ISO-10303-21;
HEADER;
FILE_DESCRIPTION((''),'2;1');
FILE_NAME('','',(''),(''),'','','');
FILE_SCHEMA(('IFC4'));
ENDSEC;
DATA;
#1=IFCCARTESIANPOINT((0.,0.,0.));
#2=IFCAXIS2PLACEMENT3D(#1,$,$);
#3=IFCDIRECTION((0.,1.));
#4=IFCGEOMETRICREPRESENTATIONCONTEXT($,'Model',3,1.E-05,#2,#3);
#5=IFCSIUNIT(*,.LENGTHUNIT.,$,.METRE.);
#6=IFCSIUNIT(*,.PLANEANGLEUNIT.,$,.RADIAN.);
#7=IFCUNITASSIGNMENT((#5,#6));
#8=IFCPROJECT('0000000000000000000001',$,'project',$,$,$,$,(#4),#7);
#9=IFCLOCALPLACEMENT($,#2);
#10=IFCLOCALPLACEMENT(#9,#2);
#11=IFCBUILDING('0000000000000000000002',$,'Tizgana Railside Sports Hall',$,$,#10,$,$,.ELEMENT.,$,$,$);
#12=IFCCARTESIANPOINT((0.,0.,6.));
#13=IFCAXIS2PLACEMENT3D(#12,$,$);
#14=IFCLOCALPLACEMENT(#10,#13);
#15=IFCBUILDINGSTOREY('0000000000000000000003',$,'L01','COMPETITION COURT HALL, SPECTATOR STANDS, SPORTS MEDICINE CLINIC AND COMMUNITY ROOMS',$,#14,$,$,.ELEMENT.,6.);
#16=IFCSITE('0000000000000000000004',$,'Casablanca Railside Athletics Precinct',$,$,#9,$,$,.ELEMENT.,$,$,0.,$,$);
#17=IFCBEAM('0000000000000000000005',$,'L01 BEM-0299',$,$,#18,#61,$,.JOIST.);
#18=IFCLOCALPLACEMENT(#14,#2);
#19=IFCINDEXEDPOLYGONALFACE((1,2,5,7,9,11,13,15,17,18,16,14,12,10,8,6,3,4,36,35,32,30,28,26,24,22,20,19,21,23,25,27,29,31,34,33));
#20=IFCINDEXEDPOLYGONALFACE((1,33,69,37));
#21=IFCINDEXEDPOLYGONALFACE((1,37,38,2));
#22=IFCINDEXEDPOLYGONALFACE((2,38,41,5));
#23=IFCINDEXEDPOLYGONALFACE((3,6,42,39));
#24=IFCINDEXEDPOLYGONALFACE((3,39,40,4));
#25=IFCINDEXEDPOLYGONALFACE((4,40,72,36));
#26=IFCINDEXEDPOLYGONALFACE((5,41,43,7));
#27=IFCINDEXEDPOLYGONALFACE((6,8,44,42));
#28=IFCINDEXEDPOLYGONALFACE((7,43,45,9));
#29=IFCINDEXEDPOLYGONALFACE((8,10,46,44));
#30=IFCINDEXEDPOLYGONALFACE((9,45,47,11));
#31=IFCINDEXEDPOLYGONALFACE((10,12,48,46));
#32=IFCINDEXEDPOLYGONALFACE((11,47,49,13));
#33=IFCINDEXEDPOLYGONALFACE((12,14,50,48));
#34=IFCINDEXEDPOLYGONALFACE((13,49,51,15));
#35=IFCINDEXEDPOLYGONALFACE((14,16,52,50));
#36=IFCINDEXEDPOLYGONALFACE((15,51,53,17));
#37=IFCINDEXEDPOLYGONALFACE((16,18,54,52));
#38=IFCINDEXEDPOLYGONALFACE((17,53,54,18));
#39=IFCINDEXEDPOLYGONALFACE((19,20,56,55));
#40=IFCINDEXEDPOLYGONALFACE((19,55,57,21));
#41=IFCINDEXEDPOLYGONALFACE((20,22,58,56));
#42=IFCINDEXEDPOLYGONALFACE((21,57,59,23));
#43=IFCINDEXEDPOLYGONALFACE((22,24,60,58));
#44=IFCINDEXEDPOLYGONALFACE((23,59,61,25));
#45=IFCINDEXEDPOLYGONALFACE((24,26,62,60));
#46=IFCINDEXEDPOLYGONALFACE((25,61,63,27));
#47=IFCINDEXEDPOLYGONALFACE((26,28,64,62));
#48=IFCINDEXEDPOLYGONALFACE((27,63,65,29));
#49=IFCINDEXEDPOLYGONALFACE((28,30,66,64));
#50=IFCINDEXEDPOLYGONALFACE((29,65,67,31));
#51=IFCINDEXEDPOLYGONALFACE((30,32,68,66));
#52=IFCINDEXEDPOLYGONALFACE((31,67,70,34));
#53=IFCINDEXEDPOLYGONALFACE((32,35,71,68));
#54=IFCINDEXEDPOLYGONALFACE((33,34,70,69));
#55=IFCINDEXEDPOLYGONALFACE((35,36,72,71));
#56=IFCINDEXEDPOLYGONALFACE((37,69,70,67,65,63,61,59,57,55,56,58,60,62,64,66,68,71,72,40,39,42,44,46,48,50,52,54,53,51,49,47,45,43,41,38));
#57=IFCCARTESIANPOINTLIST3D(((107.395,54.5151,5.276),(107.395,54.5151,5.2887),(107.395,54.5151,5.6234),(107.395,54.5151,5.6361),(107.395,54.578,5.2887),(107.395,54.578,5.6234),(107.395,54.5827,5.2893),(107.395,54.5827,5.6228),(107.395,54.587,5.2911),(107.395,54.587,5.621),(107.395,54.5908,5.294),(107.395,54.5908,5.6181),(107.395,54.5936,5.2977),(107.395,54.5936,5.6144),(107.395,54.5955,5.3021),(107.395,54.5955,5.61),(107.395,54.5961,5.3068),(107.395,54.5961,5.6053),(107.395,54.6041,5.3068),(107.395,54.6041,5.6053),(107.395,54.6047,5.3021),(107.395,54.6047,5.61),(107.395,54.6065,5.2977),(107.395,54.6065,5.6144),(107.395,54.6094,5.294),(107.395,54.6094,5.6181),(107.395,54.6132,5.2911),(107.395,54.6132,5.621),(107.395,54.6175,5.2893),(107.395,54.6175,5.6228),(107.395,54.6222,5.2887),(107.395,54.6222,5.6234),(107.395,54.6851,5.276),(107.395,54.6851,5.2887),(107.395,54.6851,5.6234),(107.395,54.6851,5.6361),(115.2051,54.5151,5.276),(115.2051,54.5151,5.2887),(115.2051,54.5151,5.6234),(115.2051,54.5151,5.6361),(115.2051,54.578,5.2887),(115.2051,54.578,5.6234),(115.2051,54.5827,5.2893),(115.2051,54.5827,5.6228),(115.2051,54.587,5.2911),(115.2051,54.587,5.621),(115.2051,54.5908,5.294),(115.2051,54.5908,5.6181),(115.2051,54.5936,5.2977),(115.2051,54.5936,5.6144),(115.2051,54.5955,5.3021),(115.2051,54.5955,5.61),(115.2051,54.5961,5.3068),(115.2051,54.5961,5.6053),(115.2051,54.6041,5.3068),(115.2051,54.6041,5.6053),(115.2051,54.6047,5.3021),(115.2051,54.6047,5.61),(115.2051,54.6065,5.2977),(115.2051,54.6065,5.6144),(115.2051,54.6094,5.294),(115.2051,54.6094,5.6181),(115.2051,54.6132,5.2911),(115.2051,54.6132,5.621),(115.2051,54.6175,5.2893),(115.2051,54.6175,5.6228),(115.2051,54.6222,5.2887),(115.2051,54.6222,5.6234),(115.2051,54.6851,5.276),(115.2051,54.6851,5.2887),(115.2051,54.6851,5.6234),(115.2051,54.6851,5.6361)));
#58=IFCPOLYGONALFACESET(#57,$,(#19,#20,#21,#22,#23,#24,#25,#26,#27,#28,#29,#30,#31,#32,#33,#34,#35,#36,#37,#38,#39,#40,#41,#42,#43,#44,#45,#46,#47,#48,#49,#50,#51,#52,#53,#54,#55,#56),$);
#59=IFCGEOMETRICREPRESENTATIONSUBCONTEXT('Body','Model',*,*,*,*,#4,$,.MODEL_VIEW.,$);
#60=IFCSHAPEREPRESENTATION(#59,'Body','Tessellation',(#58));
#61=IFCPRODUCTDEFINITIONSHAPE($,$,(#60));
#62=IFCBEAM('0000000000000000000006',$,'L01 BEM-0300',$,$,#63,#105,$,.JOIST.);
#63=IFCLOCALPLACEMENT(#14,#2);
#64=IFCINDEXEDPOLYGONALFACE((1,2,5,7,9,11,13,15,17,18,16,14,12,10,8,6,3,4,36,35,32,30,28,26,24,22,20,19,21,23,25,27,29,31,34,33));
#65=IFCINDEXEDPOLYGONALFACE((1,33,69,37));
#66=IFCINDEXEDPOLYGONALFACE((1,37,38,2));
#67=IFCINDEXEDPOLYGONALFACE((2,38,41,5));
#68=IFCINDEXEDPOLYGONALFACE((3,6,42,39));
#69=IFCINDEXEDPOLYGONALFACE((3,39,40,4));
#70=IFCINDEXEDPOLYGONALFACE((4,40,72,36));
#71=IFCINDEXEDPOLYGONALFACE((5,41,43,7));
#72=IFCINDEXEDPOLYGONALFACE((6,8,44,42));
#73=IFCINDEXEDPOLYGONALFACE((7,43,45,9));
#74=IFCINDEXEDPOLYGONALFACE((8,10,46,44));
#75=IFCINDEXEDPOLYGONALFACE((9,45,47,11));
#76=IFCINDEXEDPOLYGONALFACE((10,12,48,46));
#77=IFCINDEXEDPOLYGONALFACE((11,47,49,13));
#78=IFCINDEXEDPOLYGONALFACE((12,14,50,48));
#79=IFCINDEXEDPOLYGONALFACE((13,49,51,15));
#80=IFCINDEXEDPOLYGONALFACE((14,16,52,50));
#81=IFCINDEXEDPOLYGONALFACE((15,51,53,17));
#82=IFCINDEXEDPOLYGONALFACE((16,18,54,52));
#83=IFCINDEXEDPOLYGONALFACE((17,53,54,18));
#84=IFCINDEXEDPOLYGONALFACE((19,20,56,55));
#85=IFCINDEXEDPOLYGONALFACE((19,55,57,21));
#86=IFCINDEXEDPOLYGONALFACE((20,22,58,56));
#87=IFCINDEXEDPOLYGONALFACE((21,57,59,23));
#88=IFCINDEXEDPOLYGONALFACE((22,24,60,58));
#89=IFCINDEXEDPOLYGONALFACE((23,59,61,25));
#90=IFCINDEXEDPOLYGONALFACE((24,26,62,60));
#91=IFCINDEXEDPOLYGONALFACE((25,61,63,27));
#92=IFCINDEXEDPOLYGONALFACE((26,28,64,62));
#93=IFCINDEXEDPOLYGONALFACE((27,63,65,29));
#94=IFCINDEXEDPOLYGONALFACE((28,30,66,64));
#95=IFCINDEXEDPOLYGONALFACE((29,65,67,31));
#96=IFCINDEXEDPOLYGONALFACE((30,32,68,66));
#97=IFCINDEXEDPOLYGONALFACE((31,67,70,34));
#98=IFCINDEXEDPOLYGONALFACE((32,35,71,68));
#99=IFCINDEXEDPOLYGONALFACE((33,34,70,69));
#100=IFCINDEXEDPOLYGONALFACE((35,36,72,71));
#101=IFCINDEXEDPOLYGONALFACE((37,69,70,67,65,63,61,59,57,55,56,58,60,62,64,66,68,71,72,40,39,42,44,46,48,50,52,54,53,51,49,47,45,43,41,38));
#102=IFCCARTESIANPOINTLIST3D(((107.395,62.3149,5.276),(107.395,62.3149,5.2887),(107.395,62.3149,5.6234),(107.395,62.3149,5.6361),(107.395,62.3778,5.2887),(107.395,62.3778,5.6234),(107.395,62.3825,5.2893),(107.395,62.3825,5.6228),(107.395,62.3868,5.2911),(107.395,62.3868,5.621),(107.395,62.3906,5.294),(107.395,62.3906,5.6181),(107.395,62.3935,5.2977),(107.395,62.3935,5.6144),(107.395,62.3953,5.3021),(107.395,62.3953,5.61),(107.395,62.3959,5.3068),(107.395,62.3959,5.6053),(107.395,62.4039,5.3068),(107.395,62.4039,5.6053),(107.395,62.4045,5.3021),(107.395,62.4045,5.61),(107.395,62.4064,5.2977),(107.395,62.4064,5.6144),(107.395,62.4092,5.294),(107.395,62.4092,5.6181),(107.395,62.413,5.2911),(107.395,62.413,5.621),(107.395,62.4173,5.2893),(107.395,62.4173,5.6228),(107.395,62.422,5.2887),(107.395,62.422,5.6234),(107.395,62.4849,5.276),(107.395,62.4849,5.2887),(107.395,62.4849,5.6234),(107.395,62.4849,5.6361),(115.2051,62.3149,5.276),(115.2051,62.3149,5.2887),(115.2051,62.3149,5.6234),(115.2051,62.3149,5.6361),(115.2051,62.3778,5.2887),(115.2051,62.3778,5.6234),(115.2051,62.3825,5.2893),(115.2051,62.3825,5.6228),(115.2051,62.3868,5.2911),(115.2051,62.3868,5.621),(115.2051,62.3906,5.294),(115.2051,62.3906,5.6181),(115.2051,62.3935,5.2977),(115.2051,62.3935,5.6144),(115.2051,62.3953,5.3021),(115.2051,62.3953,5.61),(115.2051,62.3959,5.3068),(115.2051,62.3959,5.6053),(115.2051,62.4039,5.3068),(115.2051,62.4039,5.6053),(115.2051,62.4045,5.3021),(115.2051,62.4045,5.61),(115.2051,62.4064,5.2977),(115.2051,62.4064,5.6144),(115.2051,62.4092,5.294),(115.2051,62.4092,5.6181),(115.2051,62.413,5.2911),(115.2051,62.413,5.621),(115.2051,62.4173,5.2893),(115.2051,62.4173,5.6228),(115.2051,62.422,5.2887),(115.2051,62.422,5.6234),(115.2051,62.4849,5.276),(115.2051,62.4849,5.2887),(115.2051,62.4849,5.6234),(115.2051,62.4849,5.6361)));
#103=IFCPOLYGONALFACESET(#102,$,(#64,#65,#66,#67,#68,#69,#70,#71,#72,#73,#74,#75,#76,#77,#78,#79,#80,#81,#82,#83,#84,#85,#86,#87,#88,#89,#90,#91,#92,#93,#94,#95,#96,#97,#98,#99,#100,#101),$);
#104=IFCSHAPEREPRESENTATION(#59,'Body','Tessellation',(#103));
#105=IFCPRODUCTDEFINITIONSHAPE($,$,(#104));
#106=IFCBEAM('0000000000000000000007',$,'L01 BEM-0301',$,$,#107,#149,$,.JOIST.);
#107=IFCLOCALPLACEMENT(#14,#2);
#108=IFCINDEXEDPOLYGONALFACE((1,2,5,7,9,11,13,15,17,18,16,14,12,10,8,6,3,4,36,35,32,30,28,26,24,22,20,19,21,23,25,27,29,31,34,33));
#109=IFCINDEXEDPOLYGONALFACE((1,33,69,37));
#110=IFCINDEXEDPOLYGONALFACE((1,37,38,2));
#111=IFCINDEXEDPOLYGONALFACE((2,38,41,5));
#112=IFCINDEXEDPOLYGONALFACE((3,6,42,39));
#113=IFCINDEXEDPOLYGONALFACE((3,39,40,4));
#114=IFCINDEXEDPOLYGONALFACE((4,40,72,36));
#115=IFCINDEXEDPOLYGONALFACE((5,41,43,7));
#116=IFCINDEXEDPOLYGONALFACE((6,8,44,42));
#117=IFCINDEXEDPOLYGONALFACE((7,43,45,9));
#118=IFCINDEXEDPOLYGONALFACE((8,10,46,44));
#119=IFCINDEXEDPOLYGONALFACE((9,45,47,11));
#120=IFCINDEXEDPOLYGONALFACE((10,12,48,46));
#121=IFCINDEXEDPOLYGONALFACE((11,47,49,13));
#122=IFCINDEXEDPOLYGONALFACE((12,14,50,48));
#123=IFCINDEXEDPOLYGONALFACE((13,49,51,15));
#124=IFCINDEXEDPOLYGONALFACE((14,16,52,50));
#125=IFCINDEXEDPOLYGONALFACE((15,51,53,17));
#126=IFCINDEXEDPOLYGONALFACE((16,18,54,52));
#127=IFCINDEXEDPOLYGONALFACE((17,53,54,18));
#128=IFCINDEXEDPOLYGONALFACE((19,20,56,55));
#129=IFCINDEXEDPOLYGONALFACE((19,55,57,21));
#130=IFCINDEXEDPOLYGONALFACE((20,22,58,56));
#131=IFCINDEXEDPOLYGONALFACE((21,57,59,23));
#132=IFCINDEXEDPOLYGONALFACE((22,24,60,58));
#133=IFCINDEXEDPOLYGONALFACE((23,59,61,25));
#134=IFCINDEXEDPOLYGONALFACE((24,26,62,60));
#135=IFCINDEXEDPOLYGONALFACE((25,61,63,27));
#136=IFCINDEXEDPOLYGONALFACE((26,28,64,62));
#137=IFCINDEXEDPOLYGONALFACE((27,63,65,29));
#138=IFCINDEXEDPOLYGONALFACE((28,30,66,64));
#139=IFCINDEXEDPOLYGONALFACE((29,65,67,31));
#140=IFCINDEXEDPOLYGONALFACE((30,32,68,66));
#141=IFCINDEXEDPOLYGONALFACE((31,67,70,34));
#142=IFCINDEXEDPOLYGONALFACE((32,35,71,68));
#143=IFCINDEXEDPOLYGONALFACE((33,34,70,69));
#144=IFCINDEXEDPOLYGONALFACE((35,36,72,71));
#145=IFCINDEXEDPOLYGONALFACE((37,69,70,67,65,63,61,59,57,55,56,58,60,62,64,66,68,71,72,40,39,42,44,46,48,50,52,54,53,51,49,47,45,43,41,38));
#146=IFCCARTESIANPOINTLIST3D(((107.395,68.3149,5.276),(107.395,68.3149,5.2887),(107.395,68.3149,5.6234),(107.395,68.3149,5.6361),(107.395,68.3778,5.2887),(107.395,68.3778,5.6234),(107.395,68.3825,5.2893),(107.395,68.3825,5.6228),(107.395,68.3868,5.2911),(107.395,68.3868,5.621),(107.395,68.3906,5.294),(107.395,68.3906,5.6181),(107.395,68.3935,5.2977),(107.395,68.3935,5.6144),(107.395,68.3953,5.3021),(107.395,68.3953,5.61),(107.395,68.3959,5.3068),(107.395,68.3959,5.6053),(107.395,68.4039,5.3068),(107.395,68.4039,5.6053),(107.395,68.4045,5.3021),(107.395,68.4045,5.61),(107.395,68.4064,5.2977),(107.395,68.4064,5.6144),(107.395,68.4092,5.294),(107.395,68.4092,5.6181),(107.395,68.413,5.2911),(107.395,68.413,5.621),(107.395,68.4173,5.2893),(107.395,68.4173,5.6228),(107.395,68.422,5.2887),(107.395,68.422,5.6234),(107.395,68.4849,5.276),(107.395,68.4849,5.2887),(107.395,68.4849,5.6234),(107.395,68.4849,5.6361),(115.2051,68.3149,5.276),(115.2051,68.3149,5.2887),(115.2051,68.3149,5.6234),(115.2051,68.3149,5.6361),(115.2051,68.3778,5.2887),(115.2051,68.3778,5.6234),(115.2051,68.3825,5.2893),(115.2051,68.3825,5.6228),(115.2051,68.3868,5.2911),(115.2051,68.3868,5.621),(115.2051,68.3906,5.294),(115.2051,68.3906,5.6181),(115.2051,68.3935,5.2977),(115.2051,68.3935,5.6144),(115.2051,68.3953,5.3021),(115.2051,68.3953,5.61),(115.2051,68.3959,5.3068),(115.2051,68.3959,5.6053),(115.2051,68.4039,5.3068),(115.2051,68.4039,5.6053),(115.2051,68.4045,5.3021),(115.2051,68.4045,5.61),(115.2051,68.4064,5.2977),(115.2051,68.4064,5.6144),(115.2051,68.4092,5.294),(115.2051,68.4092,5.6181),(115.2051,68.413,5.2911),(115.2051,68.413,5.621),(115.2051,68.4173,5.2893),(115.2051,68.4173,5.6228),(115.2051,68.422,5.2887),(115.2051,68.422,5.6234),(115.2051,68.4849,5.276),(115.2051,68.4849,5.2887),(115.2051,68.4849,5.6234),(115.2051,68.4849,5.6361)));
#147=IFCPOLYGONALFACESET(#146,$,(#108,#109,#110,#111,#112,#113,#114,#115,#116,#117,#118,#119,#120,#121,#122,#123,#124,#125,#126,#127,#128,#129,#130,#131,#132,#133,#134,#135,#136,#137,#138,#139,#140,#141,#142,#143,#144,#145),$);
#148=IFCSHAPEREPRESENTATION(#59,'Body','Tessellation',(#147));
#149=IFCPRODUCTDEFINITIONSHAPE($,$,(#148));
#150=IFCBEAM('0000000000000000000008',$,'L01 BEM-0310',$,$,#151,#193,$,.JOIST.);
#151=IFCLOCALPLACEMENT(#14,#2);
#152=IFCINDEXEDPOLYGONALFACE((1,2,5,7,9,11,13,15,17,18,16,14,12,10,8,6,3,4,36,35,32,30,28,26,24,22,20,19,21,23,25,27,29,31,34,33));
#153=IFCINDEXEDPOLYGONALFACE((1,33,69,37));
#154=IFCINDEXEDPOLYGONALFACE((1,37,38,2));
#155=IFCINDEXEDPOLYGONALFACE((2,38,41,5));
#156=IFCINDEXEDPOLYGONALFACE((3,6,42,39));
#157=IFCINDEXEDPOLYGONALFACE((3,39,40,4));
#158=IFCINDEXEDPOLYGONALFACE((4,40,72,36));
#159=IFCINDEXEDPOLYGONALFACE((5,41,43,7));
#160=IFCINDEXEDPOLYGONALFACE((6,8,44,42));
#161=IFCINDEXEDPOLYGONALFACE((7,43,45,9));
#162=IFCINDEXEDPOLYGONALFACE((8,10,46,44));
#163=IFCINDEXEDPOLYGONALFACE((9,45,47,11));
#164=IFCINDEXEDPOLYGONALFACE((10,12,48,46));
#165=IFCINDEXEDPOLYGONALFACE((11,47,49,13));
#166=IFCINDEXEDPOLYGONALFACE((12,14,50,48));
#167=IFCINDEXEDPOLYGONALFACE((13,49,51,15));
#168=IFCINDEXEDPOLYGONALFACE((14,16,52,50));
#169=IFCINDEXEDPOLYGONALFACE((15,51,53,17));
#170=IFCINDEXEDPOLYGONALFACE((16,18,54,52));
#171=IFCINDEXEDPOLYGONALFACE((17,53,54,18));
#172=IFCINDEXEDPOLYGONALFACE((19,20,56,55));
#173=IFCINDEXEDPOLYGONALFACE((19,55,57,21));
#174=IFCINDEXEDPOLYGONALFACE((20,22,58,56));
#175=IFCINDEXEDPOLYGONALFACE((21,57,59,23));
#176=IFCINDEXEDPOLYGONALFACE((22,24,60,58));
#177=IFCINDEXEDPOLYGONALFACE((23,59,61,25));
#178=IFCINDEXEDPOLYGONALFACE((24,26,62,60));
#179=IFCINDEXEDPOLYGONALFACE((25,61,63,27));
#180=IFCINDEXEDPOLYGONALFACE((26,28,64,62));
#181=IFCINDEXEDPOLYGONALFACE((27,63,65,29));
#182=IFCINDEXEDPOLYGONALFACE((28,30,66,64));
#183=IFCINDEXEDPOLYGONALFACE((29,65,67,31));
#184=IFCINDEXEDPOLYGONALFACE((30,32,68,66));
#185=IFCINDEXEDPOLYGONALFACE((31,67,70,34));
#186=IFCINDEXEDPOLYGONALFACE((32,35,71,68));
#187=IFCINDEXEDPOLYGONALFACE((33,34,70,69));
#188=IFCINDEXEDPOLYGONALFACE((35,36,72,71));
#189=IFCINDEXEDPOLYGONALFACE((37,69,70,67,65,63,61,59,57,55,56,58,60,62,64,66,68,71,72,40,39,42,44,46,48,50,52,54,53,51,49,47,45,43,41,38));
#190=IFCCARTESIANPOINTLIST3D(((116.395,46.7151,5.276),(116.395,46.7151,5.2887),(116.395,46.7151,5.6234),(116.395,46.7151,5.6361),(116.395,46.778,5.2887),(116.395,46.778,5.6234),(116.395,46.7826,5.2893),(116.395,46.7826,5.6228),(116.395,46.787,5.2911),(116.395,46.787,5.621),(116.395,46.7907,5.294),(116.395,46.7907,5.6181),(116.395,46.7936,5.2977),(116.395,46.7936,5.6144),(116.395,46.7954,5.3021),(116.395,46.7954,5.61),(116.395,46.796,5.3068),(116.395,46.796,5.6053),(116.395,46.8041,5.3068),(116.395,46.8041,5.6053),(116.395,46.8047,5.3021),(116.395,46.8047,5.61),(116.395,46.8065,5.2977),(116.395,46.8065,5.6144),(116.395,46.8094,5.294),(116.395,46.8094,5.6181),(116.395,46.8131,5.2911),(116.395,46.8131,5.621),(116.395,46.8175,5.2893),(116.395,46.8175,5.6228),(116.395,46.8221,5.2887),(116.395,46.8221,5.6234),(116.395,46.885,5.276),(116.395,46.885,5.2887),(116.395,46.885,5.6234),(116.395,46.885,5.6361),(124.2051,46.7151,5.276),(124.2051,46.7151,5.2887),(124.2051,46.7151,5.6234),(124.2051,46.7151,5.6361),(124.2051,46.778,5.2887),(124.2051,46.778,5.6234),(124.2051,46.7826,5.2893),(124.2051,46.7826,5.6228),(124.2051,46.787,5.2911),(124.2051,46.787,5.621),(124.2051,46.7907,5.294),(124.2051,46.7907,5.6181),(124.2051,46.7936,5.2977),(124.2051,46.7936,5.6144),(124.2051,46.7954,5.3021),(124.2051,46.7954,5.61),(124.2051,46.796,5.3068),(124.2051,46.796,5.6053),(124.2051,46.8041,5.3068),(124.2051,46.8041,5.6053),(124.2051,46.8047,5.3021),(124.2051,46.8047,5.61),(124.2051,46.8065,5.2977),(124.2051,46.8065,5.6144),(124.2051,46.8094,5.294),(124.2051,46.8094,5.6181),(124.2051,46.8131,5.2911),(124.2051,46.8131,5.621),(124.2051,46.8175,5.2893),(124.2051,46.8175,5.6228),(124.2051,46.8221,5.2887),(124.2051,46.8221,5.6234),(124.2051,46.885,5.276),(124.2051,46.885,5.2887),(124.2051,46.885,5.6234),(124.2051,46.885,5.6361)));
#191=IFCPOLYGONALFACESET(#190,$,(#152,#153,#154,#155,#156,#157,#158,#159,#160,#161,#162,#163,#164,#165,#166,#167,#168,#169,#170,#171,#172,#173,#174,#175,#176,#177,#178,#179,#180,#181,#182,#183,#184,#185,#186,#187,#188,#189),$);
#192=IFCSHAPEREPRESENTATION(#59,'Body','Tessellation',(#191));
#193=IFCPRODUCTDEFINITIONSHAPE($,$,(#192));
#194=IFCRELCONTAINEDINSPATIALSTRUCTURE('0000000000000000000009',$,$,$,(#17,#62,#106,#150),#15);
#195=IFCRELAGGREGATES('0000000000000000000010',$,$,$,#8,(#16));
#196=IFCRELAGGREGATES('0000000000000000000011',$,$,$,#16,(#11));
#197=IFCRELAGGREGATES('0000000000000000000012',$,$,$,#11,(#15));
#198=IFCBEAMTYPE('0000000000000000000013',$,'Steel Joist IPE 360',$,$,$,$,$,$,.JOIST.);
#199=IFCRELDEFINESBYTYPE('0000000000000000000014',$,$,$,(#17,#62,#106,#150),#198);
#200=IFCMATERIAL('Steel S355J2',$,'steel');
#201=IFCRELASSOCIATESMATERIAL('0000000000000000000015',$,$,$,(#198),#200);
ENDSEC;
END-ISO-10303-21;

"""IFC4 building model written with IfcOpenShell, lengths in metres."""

from ifc_helpers import new_model, si_unit, direction, frame, origin, origin_2d, place, context, subcontext, project, spatial, i_section, extrude, material, material_profile, profile_set, type_object, element, save


model = new_model("IFC4")

# Units and contexts
model_context = context("Model", 3, precision=1e-05, world=origin(), true_north=direction((0.0, 1.0)))
body_context = subcontext(model_context, "Body", "Model", "MODEL_VIEW")
ifc_project = project(units=[si_unit("LENGTHUNIT", "METRE"), si_unit("PLANEANGLEUNIT", "RADIAN")], contexts=[model_context])

# Site, building, storey
site_placement = place(None, origin())
site = spatial("IfcSite", under=ifc_project, at=site_placement, Name="Casablanca Railside Athletics Precinct", CompositionType="ELEMENT", RefElevation=0.0)
building_placement = place(site_placement, origin())
building = spatial("IfcBuilding", under=site, at=building_placement, Name="Tizgana Railside Sports Hall", CompositionType="ELEMENT")
storey_placement = place(building_placement, frame((0.0, 0.0, 6.0)))
storey = spatial("IfcBuildingStorey", under=building, at=storey_placement, Name="L01", Description="COMPETITION COURT HALL, SPECTATOR STANDS, SPORTS MEDICINE CLINIC AND COMMUNITY ROOMS", CompositionType="ELEMENT", Elevation=6.0)

# Beams
ifc_material = material(Name="Steel S355J2", Category="steel")
ifc_material_profile_1 = material_profile(ifc_material, i_section(OverallWidth=0.1699, OverallDepth=0.3601, WebThickness=0.0081, FlangeThickness=0.0127, FilletRadius=0.0181, at=origin_2d()), Name="IPE 360")
ifc_profile_set_1 = profile_set([ifc_material_profile_1], Name="Steel S355J2")
beam_type_1 = type_object("IfcBeamType", Name="Steel Joist IPE 360", PredefinedType="JOIST", material=ifc_profile_set_1)
for number, where, z_axis, x_axis, name in (
    (1, (107.395, 54.6001, 5.4561), (1.0, 0.0, 0.0), (0.0, 1.0, 0.0), "L01 BEM-0299"),
    (2, (107.395, 62.3999, 5.4561), (1.0, 0.0, 0.0), (0.0, 1.0, 0.0), "L01 BEM-0300"),
    (3, (107.395, 68.3999, 5.4561), (1.0, 0.0, 0.0), (0.0, 1.0, 0.0), "L01 BEM-0301"),
    (4, (116.395, 46.8, 5.4561), (1.0, 0.0, 0.0), (0.0, 1.0, 0.0), "L01 BEM-0310"),
):
    element("IfcBeam", number, at=place(storey_placement, frame(where, z_axis=z_axis, x_axis=x_axis)), inside=storey, type_object=beam_type_1, Name=name, PredefinedType="JOIST", context=body_context, shape_type="SweptSolid", body=[
        extrude(i_section(OverallWidth=0.1699, OverallDepth=0.3601, WebThickness=0.0081, FlangeThickness=0.0127, FilletRadius=0.0181, at=origin_2d()), origin(), (0.0, 0.0, 1.0), 7.8101),
    ])

save(model, "model.ifc")
